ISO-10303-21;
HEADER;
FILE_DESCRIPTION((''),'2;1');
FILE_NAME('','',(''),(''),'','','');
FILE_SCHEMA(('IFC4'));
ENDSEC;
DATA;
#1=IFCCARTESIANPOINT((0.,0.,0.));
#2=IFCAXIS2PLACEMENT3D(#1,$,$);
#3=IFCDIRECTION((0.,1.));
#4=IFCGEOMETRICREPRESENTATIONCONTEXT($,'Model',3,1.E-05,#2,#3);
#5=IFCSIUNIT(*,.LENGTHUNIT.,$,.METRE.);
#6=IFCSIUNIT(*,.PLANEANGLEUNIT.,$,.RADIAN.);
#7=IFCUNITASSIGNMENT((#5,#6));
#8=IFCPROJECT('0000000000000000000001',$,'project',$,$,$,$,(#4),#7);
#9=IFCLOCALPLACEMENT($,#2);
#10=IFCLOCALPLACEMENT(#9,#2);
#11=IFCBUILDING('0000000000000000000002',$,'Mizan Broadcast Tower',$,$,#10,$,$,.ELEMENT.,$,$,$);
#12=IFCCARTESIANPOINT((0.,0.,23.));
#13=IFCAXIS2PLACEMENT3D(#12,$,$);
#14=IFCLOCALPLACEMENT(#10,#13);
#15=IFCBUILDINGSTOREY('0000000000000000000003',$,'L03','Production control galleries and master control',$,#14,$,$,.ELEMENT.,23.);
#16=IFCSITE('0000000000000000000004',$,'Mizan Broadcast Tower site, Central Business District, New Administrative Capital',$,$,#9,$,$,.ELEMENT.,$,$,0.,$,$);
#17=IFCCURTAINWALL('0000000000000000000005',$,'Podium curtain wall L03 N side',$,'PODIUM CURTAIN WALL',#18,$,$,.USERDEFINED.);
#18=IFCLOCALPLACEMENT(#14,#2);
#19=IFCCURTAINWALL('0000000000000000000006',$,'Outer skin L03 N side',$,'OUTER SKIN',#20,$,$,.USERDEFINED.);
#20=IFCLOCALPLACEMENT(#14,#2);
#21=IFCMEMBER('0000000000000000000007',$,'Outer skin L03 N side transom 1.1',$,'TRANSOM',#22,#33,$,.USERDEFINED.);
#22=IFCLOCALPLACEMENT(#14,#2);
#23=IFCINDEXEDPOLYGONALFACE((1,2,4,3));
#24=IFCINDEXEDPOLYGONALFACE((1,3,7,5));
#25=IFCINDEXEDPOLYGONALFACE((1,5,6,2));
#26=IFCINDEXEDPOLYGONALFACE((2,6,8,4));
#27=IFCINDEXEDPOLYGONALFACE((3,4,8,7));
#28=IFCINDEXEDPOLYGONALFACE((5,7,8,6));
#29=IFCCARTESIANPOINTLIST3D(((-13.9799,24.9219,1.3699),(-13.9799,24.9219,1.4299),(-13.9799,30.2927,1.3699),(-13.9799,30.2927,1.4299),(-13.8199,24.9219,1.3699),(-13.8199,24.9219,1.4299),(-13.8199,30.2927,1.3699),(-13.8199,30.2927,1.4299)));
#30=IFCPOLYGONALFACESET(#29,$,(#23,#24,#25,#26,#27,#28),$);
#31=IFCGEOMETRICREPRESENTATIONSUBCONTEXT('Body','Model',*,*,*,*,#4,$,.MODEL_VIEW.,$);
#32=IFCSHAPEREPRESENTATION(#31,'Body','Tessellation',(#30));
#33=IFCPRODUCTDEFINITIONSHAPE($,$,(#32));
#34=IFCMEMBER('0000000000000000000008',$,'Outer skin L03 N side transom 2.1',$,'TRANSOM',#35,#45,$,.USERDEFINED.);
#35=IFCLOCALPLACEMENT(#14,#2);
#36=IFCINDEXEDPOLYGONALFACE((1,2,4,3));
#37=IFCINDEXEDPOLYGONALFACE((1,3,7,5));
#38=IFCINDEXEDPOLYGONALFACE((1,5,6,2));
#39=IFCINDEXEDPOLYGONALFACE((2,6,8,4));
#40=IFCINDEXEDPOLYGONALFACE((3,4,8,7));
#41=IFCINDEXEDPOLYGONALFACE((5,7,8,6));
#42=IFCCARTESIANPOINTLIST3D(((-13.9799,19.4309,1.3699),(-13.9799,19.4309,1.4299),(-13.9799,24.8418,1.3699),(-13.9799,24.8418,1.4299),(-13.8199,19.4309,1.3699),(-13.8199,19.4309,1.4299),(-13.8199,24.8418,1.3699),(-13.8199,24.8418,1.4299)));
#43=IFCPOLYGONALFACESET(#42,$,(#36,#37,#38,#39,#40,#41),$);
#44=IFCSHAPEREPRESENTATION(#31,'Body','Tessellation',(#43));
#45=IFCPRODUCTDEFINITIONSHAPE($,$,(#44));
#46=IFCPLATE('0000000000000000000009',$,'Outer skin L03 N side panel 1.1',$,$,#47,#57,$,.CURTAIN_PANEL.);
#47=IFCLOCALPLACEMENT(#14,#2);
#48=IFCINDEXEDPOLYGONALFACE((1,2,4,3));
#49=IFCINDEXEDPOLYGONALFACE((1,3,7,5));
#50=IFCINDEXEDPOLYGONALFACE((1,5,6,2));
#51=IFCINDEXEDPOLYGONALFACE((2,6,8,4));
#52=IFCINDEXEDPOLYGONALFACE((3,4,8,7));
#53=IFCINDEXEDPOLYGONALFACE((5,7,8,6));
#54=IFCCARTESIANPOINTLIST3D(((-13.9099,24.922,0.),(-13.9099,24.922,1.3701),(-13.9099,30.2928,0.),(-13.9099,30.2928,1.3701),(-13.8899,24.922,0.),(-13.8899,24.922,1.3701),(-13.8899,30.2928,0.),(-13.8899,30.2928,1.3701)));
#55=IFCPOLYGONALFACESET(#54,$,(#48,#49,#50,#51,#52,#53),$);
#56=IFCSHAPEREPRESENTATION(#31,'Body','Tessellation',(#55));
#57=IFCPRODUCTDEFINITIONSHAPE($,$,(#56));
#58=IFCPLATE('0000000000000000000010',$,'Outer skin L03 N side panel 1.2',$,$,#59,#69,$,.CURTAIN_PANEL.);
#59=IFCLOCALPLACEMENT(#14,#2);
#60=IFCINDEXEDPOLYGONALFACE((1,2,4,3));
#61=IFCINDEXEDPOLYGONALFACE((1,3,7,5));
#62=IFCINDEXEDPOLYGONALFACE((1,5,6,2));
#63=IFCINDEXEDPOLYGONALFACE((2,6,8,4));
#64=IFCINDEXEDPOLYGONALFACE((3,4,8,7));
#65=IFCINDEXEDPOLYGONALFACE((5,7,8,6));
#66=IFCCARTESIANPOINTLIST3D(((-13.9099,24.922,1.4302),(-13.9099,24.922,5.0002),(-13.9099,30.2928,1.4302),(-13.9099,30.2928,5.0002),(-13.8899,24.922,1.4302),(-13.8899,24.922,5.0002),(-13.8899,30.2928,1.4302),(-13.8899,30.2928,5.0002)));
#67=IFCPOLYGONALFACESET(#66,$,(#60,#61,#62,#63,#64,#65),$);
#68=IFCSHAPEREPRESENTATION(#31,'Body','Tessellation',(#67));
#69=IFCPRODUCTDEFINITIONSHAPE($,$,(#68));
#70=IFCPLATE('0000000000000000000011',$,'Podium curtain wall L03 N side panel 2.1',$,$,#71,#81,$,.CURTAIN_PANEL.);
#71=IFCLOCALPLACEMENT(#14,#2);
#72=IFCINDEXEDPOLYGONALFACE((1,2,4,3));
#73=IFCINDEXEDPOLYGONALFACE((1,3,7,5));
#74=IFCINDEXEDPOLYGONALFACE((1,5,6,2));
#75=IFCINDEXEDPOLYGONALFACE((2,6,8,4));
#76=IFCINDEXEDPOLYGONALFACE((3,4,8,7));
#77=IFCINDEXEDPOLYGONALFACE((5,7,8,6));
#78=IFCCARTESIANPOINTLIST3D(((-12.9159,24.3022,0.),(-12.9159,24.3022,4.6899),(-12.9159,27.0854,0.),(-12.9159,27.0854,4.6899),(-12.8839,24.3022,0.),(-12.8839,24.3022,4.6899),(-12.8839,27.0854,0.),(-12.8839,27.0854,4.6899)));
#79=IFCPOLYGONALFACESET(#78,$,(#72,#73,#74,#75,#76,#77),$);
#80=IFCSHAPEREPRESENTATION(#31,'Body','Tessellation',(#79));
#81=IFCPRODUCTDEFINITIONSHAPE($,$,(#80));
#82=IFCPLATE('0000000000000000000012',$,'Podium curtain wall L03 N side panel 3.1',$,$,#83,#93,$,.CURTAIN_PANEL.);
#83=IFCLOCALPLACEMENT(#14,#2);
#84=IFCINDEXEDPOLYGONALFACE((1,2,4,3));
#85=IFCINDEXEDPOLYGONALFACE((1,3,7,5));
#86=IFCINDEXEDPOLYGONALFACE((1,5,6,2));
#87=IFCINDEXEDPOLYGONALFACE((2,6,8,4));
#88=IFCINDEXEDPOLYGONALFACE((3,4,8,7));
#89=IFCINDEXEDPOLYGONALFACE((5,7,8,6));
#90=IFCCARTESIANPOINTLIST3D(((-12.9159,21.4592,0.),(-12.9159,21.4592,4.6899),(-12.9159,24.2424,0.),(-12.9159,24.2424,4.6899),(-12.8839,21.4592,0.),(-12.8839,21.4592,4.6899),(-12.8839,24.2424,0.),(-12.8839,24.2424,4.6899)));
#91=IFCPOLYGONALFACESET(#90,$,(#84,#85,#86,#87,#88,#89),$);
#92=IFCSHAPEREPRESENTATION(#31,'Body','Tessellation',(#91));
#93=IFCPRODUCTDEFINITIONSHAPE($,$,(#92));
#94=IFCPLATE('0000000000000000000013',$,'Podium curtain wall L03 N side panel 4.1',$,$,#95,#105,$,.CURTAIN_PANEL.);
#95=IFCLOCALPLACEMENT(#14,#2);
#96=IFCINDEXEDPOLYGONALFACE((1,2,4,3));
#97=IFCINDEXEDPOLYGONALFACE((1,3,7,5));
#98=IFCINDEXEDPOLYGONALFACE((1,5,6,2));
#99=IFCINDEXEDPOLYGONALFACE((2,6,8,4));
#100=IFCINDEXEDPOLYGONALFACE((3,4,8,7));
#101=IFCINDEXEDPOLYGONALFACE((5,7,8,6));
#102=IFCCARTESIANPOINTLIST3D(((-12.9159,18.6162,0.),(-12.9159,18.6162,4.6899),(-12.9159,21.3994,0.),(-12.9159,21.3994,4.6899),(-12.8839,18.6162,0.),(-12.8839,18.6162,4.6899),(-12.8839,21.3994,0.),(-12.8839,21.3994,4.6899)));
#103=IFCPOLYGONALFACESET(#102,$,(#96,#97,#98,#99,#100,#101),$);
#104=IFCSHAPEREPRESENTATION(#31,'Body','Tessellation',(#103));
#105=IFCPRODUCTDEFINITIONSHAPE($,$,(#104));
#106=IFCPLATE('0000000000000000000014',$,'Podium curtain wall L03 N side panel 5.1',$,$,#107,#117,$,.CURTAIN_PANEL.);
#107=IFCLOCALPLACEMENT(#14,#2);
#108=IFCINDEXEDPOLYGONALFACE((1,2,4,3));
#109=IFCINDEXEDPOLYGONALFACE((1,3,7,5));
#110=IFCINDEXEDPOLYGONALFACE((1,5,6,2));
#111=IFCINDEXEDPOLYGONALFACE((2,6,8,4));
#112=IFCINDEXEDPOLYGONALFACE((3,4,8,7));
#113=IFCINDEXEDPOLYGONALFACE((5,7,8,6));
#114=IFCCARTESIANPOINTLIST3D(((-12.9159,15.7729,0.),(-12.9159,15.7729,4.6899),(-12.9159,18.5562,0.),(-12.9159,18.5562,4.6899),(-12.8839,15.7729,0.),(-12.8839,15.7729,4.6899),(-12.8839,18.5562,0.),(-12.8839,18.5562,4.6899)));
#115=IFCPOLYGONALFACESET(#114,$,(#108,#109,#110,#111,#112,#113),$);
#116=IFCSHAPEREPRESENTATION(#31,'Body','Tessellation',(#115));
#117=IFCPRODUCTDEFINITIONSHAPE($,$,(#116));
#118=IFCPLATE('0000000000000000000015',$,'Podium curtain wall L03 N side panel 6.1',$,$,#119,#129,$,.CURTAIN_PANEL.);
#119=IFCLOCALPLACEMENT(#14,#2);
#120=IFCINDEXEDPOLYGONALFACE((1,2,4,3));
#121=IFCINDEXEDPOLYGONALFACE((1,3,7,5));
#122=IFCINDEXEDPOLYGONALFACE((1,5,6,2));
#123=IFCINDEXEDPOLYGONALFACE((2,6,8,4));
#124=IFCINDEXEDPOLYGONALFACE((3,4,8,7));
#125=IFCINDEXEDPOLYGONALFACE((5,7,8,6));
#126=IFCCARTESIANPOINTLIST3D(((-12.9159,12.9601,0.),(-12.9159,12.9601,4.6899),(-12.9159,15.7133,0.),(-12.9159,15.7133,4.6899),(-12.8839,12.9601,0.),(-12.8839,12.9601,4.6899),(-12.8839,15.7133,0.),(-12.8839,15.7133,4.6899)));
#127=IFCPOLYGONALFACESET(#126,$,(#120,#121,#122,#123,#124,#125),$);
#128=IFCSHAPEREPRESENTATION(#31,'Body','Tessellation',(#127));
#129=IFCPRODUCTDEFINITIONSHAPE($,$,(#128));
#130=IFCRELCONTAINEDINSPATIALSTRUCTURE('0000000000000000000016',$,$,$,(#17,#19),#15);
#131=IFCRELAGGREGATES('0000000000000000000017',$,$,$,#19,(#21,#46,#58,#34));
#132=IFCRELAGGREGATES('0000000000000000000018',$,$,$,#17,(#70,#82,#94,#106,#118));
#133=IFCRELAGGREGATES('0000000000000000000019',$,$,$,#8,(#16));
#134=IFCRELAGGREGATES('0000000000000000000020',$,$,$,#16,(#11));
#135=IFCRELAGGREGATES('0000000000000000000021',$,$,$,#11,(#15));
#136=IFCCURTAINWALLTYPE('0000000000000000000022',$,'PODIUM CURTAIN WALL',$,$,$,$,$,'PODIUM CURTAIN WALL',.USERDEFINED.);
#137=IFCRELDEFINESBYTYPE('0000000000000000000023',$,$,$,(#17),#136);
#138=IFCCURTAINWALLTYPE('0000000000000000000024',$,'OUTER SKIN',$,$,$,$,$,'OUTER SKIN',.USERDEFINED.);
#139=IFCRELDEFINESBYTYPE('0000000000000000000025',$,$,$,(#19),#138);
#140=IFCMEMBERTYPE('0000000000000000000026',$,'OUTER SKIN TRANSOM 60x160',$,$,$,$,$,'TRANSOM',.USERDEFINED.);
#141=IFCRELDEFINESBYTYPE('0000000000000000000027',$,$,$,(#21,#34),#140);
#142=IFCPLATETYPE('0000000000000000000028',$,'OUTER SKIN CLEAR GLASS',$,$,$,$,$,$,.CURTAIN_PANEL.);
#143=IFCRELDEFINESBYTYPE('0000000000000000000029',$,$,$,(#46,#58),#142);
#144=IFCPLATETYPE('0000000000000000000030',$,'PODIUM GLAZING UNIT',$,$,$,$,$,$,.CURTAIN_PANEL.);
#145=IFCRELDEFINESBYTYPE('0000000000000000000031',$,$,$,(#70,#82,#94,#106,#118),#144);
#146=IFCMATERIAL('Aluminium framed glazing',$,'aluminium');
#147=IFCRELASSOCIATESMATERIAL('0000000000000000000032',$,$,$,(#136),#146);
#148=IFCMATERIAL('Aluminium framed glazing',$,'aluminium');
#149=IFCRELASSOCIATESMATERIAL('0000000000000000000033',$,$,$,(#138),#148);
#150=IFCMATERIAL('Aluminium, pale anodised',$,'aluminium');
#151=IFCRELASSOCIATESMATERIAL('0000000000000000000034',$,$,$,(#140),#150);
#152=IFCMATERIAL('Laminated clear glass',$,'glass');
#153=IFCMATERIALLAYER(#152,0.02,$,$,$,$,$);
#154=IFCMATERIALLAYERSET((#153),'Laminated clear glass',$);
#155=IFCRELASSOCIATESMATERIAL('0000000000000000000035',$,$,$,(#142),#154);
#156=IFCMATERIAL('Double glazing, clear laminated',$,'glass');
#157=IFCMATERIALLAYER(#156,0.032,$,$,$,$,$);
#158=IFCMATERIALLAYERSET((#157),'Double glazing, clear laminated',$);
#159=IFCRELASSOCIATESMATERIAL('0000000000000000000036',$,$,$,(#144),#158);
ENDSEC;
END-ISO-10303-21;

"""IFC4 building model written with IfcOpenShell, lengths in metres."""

from ifc_helpers import new_model, si_unit, direction, frame, origin, origin_2d, place, context, subcontext, project, spatial, rectangle, extrude, material, layer, layer_set, material_profile, profile_set, type_object, element, aggregate, save


model = new_model("IFC4")

# Units and contexts
model_context = context("Model", 3, precision=1e-05, world=origin(), true_north=direction((0.0, 1.0)))
body_context = subcontext(model_context, "Body", "Model", "MODEL_VIEW")
ifc_project = project(units=[si_unit("LENGTHUNIT", "METRE"), si_unit("PLANEANGLEUNIT", "RADIAN")], contexts=[model_context])

# Site, building, storey
site_placement = place(None, origin())
site = spatial("IfcSite", under=ifc_project, at=site_placement, Name="Mizan Broadcast Tower site, Central Business District, New Administrative Capital", CompositionType="ELEMENT", RefElevation=0.0)
building_placement = place(site_placement, origin())
building = spatial("IfcBuilding", under=site, at=building_placement, Name="Mizan Broadcast Tower", CompositionType="ELEMENT")
storey_placement = place(building_placement, frame((0.0, 0.0, 23.0)))
storey = spatial("IfcBuildingStorey", under=building, at=storey_placement, Name="L03", Description="Production control galleries and master control", CompositionType="ELEMENT", Elevation=23.0)

# Curtain wall
ifc_material_1 = material(Name="Aluminium framed glazing", Category="aluminium")
curtain_wall_type_1 = type_object("IfcCurtainWallType", Name="PODIUM CURTAIN WALL", ElementType="PODIUM CURTAIN WALL", PredefinedType="USERDEFINED", material=ifc_material_1)
curtain_wall_1_placement = place(storey_placement, origin())
curtain_wall_1 = element("IfcCurtainWall", 1, at=curtain_wall_1_placement, inside=storey, type_object=curtain_wall_type_1, Name="Podium curtain wall L03 N side", ObjectType="PODIUM CURTAIN WALL", PredefinedType="USERDEFINED")

# Shared definitions
ifc_material_2 = material(Name="Aluminium framed glazing", Category="aluminium")
curtain_wall_type_2 = type_object("IfcCurtainWallType", Name="OUTER SKIN", ElementType="OUTER SKIN", PredefinedType="USERDEFINED", material=ifc_material_2)

# Curtain wall, members, plates
curtain_wall_2_placement = place(storey_placement, origin())
curtain_wall_2 = element("IfcCurtainWall", 2, at=curtain_wall_2_placement, inside=storey, type_object=curtain_wall_type_2, Name="Outer skin L03 N side", ObjectType="OUTER SKIN", PredefinedType="USERDEFINED")
ifc_material_3 = material(Name="Aluminium, pale anodised", Category="aluminium")
ifc_material_profile_1 = material_profile(ifc_material_3, rectangle(XDim=0.1599, YDim=0.0601, at=origin_2d()), Name="TRANSOM 160x60")
ifc_profile_set_1 = profile_set([ifc_material_profile_1], Name="Aluminium, pale anodised")
member_type_1 = type_object("IfcMemberType", Name="OUTER SKIN TRANSOM 60x160", ElementType="TRANSOM", PredefinedType="USERDEFINED", material=ifc_profile_set_1)
member_1_placement = place(storey_placement, frame((-13.8999, 30.2927, 1.3999), z_axis=(0.0, -1.0, 0.0), x_axis=(1.0, 0.0, 0.0)))
member_1 = element("IfcMember", 3, at=member_1_placement, type_object=member_type_1, Name="Outer skin L03 N side transom 1.1", ObjectType="TRANSOM", PredefinedType="USERDEFINED", context=body_context, shape_type="SweptSolid", body=[
    extrude(rectangle(XDim=0.1599, YDim=0.0601, at=origin_2d()), origin(), (0.0, 0.0, 1.0), 5.3708),
])
member_2_placement = place(storey_placement, frame((-13.8999, 24.8418, 1.3999), z_axis=(0.0, -1.0, 0.0), x_axis=(1.0, 0.0, 0.0)))
member_2 = element("IfcMember", 4, at=member_2_placement, type_object=member_type_1, Name="Outer skin L03 N side transom 2.1", ObjectType="TRANSOM", PredefinedType="USERDEFINED", context=body_context, shape_type="SweptSolid", body=[
    extrude(rectangle(XDim=0.1599, YDim=0.0601, at=origin_2d()), origin(), (0.0, 0.0, 1.0), 5.4109),
])
ifc_material_4 = material(Name="Laminated clear glass", Category="glass")
ifc_layer_1 = layer(ifc_material_4, 0.02)
ifc_layer_set_1 = layer_set([ifc_layer_1], Name="Laminated clear glass")
plate_type_1 = type_object("IfcPlateType", Name="OUTER SKIN CLEAR GLASS", PredefinedType="CURTAIN_PANEL", material=ifc_layer_set_1)
plate_1_placement = place(storey_placement, frame((-13.8999, 27.6074, 0.0), z_axis=(0.0, 0.0, 1.0), x_axis=(0.0, -1.0, 0.0)))
plate_1 = element("IfcPlate", 5, at=plate_1_placement, type_object=plate_type_1, Name="Outer skin L03 N side panel 1.1", PredefinedType="CURTAIN_PANEL", context=body_context, shape_type="SweptSolid", body=[
    extrude(rectangle(XDim=5.3708, YDim=0.02, at=origin_2d()), origin(), (0.0, 0.0, 1.0), 1.3701),
])
plate_2_placement = place(storey_placement, frame((-13.8999, 27.6074, 1.4302), z_axis=(0.0, 0.0, 1.0), x_axis=(0.0, -1.0, 0.0)))
plate_2 = element("IfcPlate", 6, at=plate_2_placement, type_object=plate_type_1, Name="Outer skin L03 N side panel 1.2", PredefinedType="CURTAIN_PANEL", context=body_context, shape_type="SweptSolid", body=[
    extrude(rectangle(XDim=5.3708, YDim=0.02, at=origin_2d()), origin(), (0.0, 0.0, 1.0), 3.5701),
])
aggregate(curtain_wall_2, [member_1, plate_1, plate_2, member_2])

# Plates
ifc_material_5 = material(Name="Double glazing, clear laminated", Category="glass")
ifc_layer_2 = layer(ifc_material_5, 0.032)
ifc_layer_set_2 = layer_set([ifc_layer_2], Name="Double glazing, clear laminated")
plate_type_2 = type_object("IfcPlateType", Name="PODIUM GLAZING UNIT", PredefinedType="CURTAIN_PANEL", material=ifc_layer_set_2)
plate_3_placement = place(storey_placement, frame((-12.8999, 25.6938, 0.0), z_axis=(0.0, 0.0, 1.0), x_axis=(0.0, -1.0, 0.0)))
plate_3 = element("IfcPlate", 7, at=plate_3_placement, type_object=plate_type_2, Name="Podium curtain wall L03 N side panel 2.1", PredefinedType="CURTAIN_PANEL", context=body_context, shape_type="SweptSolid", body=[
    extrude(rectangle(XDim=2.7832, YDim=0.032, at=origin_2d()), origin(), (0.0, 0.0, 1.0), 4.6899),
])
plate_4_placement = place(storey_placement, frame((-12.8999, 22.8508, 0.0), z_axis=(0.0, 0.0, 1.0), x_axis=(0.0, -1.0, 0.0)))
plate_4 = element("IfcPlate", 8, at=plate_4_placement, type_object=plate_type_2, Name="Podium curtain wall L03 N side panel 3.1", PredefinedType="CURTAIN_PANEL", context=body_context, shape_type="SweptSolid", body=[
    extrude(rectangle(XDim=2.7832, YDim=0.032, at=origin_2d()), origin(), (0.0, 0.0, 1.0), 4.6899),
])
plate_5_placement = place(storey_placement, frame((-12.8999, 20.0078, 0.0), z_axis=(0.0, 0.0, 1.0), x_axis=(0.0, -1.0, 0.0)))
plate_5 = element("IfcPlate", 9, at=plate_5_placement, type_object=plate_type_2, Name="Podium curtain wall L03 N side panel 4.1", PredefinedType="CURTAIN_PANEL", context=body_context, shape_type="SweptSolid", body=[
    extrude(rectangle(XDim=2.7832, YDim=0.032, at=origin_2d()), origin(), (0.0, 0.0, 1.0), 4.6899),
])
plate_6_placement = place(storey_placement, frame((-12.8999, 17.1646, 0.0), z_axis=(0.0, 0.0, 1.0), x_axis=(0.0, -1.0, 0.0)))
plate_6 = element("IfcPlate", 10, at=plate_6_placement, type_object=plate_type_2, Name="Podium curtain wall L03 N side panel 5.1", PredefinedType="CURTAIN_PANEL", context=body_context, shape_type="SweptSolid", body=[
    extrude(rectangle(XDim=2.7832, YDim=0.032, at=origin_2d()), origin(), (0.0, 0.0, 1.0), 4.6899),
])
plate_7_placement = place(storey_placement, frame((-12.8999, 14.3367, 0.0), z_axis=(0.0, 0.0, 1.0), x_axis=(0.0, -1.0, 0.0)))
plate_7 = element("IfcPlate", 11, at=plate_7_placement, type_object=plate_type_2, Name="Podium curtain wall L03 N side panel 6.1", PredefinedType="CURTAIN_PANEL", context=body_context, shape_type="SweptSolid", body=[
    extrude(rectangle(XDim=2.7532, YDim=0.032, at=origin_2d()), origin(), (0.0, 0.0, 1.0), 4.6899),
])
aggregate(curtain_wall_1, [plate_3, plate_4, plate_5, plate_6, plate_7])

save(model, "model.ifc")
